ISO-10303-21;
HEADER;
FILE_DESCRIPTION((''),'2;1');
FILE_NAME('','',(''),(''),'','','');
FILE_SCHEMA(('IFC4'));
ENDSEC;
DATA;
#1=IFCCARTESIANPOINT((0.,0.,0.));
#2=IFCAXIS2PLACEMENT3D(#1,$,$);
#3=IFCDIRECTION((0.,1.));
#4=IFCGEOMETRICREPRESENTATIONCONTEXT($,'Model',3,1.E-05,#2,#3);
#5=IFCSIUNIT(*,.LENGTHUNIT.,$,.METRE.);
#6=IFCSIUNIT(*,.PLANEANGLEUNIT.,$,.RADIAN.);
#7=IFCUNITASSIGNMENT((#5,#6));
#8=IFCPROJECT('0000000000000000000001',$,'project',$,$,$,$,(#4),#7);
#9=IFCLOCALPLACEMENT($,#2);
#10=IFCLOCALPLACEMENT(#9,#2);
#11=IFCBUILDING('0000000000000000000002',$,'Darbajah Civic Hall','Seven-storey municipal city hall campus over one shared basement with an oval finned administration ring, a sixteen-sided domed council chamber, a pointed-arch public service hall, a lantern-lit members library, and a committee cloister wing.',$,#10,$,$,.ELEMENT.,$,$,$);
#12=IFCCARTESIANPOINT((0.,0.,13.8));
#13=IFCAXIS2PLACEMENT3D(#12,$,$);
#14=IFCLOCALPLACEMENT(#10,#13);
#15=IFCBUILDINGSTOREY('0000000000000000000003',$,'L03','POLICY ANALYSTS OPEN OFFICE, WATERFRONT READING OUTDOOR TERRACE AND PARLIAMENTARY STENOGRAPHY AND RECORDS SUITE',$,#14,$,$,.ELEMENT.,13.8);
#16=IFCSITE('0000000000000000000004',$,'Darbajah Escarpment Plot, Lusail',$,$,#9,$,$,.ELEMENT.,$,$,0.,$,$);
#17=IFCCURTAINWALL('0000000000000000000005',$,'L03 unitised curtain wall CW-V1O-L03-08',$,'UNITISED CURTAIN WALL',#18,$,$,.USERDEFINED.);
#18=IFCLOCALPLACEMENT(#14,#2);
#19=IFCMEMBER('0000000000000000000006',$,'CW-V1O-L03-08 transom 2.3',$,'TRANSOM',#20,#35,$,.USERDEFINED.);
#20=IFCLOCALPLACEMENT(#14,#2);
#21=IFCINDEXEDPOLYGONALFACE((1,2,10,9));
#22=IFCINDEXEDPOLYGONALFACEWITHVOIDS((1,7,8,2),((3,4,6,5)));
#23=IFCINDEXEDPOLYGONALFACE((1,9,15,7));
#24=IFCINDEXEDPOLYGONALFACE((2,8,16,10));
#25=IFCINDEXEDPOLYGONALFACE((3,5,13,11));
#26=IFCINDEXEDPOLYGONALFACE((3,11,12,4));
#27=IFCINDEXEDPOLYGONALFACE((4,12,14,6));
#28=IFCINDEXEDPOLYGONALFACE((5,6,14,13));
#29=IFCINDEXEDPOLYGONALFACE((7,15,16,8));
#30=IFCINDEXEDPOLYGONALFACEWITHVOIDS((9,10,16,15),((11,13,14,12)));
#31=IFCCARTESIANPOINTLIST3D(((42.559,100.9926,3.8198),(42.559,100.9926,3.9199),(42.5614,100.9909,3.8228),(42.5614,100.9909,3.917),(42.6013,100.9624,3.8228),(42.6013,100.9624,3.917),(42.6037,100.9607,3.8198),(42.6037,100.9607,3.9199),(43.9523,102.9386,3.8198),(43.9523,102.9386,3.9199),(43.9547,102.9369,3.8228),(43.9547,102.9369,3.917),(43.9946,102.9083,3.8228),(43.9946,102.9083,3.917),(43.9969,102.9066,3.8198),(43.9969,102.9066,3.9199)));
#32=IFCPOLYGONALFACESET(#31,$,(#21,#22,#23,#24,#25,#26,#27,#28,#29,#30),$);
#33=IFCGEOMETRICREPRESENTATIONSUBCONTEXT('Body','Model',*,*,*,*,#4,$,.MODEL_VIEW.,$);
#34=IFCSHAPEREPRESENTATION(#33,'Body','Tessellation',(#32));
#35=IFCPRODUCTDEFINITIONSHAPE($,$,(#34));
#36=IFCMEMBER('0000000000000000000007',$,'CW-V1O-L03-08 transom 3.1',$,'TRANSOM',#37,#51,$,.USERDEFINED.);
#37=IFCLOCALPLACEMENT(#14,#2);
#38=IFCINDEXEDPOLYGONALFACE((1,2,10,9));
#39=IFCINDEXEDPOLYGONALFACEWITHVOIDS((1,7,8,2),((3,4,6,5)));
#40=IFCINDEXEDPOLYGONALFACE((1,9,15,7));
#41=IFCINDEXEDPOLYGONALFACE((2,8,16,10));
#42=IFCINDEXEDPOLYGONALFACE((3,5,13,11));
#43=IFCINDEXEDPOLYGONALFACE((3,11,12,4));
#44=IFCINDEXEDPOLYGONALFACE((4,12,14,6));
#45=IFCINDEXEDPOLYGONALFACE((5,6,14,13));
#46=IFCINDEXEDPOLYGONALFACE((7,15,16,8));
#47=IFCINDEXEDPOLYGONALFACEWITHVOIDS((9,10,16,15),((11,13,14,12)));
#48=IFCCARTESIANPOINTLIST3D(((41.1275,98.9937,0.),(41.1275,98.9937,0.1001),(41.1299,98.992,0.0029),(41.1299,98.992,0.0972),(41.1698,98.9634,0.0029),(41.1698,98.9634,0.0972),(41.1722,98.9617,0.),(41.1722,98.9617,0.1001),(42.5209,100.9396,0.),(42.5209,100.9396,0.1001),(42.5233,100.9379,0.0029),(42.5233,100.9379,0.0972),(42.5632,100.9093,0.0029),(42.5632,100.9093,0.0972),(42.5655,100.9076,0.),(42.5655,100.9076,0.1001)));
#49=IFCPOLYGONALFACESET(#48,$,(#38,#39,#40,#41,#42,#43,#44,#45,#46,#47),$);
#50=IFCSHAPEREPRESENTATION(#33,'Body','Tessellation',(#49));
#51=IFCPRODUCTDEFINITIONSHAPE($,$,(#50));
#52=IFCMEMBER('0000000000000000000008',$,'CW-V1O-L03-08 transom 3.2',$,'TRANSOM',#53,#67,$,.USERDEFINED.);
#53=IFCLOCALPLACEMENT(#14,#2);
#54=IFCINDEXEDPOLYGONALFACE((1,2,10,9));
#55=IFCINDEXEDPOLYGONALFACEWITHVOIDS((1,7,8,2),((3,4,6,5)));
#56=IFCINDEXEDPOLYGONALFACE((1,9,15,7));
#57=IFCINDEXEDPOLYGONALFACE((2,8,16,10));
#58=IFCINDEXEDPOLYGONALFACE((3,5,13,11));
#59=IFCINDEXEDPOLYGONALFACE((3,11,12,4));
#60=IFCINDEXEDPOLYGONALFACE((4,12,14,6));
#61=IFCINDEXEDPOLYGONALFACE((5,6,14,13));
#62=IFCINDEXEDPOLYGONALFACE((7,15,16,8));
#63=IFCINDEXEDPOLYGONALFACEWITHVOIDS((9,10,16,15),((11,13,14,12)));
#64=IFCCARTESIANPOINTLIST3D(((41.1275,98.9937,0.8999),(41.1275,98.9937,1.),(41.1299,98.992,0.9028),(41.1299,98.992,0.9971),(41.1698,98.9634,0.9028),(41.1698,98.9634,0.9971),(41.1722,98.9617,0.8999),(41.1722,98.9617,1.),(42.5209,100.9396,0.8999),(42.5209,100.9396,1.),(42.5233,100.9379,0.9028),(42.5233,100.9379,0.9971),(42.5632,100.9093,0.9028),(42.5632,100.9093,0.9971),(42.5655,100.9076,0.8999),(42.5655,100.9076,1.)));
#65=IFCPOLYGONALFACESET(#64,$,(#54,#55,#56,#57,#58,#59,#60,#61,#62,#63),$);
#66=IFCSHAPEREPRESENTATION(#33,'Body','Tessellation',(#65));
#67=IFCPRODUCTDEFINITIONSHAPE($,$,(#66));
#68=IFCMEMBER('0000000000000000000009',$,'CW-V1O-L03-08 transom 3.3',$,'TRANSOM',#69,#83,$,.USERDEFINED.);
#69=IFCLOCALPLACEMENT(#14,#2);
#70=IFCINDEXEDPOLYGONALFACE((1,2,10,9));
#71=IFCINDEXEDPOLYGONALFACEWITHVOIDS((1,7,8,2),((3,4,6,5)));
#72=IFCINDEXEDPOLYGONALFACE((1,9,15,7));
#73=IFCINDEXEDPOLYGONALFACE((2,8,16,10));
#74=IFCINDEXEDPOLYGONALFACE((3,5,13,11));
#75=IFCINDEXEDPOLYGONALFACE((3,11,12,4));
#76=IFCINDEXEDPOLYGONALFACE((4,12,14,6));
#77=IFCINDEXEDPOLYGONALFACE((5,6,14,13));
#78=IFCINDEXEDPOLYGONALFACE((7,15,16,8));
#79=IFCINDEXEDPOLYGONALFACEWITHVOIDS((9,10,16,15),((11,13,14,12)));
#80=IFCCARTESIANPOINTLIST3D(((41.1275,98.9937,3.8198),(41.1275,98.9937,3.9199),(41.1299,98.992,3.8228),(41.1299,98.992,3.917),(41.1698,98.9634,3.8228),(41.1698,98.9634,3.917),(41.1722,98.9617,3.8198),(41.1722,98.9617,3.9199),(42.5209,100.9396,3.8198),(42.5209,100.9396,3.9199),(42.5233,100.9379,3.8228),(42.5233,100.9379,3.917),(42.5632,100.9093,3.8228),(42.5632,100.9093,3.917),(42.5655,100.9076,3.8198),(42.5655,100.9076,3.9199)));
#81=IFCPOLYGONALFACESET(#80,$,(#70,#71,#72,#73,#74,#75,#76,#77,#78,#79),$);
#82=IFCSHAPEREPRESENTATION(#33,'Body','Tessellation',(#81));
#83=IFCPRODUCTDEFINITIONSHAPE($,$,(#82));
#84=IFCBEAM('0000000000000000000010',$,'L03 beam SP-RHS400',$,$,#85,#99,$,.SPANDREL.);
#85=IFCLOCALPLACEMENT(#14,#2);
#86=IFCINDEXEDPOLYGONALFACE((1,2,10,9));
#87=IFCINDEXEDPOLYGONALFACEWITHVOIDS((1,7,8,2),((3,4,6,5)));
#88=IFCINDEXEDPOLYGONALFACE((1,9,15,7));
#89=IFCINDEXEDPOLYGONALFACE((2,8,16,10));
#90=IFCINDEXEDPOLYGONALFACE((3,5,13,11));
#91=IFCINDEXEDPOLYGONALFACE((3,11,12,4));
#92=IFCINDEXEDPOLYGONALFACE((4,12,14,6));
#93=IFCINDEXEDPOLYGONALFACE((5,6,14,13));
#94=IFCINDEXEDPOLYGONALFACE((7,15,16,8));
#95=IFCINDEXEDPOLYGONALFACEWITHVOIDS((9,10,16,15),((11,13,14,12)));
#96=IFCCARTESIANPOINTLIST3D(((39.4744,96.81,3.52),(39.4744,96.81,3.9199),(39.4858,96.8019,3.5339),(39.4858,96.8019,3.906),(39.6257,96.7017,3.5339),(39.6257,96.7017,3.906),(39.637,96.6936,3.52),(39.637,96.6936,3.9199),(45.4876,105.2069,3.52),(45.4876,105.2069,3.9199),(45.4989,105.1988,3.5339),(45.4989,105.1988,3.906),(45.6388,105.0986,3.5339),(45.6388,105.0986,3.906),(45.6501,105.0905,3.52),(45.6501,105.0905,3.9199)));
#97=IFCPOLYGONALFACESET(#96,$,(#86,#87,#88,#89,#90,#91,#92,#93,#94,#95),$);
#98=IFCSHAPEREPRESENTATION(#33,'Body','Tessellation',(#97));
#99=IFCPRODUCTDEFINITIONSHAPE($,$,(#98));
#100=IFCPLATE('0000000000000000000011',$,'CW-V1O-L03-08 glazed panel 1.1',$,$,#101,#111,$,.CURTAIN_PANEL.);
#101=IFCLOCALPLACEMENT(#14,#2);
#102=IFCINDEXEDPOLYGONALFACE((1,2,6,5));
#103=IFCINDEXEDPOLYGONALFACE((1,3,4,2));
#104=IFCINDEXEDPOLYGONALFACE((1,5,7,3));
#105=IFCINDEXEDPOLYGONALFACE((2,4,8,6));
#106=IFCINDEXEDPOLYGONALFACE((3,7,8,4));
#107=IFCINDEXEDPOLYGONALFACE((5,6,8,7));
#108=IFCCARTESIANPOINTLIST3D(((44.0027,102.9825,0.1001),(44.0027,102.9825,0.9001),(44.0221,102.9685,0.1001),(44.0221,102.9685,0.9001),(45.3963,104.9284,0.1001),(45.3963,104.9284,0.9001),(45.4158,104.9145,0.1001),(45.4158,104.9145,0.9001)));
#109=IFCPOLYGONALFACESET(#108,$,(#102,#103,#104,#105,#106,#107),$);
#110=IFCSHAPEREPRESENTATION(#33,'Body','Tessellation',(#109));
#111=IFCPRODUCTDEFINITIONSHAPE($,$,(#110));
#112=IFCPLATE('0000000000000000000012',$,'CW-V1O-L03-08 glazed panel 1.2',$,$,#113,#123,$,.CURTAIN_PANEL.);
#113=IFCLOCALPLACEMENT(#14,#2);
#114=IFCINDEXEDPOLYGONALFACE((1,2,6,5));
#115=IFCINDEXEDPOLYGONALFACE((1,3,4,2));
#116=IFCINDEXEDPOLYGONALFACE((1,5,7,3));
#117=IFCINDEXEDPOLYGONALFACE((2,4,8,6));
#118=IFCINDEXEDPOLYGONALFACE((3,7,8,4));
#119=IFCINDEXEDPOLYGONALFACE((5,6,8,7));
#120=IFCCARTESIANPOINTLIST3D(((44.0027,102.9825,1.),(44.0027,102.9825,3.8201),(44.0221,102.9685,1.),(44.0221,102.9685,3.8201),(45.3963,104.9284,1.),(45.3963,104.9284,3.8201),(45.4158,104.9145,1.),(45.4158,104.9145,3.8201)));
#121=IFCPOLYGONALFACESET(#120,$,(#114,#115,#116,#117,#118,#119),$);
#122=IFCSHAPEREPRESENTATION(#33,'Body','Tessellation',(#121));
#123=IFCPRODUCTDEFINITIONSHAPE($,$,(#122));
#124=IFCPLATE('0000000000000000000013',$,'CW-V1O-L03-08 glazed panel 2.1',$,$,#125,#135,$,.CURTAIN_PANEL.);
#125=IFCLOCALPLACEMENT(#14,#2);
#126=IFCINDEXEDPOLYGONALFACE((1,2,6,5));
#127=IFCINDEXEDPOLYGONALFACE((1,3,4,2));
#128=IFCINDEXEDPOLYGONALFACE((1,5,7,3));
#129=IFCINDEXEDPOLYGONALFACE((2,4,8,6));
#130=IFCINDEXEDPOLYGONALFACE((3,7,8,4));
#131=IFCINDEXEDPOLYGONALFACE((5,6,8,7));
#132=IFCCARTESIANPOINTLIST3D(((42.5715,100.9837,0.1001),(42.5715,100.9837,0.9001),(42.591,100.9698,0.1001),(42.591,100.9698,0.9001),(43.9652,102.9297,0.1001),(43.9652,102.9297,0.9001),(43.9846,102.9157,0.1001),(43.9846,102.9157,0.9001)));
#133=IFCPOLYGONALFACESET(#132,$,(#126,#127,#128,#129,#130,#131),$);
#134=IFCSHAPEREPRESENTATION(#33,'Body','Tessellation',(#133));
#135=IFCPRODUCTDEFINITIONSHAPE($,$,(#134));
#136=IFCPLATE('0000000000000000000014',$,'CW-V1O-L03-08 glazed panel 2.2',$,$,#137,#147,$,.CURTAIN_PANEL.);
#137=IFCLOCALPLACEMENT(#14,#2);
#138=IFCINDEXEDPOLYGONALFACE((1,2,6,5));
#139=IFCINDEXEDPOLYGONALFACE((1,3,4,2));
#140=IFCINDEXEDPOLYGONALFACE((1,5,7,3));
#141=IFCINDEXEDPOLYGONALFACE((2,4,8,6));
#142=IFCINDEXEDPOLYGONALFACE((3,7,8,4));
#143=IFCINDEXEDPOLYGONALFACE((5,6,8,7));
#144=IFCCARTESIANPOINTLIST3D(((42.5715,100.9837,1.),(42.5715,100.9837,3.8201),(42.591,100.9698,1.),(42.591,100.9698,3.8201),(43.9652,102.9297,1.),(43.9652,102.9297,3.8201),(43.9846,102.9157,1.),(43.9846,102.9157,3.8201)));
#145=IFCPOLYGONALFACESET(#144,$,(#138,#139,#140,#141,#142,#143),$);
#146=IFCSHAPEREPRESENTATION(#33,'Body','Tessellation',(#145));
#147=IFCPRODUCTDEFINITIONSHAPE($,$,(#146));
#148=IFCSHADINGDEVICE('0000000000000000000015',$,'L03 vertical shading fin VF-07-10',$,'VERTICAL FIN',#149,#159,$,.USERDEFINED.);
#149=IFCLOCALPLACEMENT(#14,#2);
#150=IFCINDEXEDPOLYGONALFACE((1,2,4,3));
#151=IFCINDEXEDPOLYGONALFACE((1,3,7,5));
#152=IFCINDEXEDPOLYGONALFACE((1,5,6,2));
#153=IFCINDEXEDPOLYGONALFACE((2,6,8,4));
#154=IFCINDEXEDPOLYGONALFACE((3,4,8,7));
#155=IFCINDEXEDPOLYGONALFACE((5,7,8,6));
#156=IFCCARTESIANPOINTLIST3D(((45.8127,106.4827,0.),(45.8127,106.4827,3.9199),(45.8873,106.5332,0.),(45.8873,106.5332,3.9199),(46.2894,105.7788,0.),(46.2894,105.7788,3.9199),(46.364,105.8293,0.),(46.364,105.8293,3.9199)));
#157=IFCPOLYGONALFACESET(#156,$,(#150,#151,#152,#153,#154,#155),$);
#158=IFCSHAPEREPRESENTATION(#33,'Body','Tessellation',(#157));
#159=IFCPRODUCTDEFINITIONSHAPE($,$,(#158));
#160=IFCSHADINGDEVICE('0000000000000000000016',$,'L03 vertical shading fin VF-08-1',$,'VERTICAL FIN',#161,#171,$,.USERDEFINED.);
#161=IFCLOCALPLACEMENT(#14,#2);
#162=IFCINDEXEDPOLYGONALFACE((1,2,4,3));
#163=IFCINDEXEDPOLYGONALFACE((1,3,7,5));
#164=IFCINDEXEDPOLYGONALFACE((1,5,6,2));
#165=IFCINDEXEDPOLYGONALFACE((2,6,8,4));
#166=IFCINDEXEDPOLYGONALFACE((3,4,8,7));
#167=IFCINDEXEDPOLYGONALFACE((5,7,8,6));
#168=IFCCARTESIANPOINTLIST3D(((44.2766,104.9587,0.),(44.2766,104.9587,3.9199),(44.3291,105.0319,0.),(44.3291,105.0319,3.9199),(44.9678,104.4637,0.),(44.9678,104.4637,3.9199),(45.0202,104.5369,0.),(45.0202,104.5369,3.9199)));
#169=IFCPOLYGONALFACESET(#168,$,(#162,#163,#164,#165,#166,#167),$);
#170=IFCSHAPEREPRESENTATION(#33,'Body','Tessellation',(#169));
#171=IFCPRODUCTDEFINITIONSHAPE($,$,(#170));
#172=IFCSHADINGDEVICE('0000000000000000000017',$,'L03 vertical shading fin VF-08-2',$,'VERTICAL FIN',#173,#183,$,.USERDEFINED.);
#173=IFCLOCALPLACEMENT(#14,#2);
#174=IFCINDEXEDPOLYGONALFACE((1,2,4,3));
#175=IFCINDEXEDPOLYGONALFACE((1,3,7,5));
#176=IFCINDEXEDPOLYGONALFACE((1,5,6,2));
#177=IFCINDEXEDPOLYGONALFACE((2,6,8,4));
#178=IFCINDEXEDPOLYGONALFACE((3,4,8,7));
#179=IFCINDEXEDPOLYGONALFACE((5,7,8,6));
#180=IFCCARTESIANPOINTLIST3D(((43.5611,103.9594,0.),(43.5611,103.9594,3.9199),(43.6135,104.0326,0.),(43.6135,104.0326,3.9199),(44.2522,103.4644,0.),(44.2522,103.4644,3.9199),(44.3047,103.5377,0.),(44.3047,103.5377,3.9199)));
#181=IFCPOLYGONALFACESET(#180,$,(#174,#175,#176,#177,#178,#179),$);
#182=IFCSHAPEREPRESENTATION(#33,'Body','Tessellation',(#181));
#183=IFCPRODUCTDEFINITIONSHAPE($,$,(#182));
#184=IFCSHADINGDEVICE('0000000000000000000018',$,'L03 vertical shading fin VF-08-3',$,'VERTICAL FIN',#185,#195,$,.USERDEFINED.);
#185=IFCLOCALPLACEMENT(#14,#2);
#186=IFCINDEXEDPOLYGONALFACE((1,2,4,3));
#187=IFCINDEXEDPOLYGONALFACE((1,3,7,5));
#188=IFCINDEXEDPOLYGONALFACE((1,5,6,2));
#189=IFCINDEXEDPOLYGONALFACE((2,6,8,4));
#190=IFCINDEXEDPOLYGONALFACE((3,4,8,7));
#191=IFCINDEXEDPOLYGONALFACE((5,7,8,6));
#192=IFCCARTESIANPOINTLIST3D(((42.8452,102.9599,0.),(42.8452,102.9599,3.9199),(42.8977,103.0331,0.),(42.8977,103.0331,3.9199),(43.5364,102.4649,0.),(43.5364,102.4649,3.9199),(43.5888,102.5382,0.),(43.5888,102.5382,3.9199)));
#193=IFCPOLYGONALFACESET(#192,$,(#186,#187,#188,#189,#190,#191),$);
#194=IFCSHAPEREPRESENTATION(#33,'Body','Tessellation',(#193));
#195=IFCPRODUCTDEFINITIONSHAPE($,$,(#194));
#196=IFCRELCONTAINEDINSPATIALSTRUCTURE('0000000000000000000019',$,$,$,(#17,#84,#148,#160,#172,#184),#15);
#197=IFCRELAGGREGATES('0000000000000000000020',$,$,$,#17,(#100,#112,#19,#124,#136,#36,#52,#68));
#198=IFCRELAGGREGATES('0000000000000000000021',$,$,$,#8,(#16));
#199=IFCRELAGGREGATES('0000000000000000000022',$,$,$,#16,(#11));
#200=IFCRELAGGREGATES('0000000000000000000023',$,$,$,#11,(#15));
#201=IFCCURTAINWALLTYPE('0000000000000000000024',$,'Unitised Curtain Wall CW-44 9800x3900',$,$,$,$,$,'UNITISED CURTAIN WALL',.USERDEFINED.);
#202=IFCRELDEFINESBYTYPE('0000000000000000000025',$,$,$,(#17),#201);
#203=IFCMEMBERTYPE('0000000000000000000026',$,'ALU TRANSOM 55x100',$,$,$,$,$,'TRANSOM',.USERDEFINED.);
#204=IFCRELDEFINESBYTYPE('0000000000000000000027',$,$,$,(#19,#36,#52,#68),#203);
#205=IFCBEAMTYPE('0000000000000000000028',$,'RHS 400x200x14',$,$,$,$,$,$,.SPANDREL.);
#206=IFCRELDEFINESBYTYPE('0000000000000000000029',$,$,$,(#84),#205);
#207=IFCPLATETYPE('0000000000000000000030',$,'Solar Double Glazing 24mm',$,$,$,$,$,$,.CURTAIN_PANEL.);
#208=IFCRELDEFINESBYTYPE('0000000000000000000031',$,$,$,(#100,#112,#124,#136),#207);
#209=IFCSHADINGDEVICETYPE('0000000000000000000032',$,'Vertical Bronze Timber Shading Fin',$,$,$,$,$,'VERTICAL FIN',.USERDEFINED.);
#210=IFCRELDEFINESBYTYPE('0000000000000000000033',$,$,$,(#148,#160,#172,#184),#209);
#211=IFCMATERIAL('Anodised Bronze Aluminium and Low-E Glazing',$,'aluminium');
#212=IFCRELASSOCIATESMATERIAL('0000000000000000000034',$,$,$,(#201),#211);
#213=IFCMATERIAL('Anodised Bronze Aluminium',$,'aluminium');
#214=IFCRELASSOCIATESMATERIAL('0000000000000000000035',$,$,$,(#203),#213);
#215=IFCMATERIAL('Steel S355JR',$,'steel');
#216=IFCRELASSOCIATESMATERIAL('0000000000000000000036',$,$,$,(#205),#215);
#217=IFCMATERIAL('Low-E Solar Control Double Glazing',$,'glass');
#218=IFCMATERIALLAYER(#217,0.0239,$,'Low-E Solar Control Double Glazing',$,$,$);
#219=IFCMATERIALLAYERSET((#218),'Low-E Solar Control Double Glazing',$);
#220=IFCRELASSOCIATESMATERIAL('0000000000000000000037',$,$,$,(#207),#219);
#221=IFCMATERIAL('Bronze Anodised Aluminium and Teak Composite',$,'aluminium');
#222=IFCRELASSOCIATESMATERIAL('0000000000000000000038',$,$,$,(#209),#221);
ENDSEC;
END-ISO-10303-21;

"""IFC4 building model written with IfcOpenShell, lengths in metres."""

from ifc_helpers import new_model, si_unit, direction, frame, origin, origin_2d, place, context, subcontext, project, spatial, rectangle, hollow_rectangle, extrude, material, layer, layer_set, material_profile, profile_set, type_object, element, aggregate, save


model = new_model("IFC4")

# Units and contexts
model_context = context("Model", 3, precision=1e-05, world=origin(), true_north=direction((0.0, 1.0)))
body_context = subcontext(model_context, "Body", "Model", "MODEL_VIEW")
ifc_project = project(units=[si_unit("LENGTHUNIT", "METRE"), si_unit("PLANEANGLEUNIT", "RADIAN")], contexts=[model_context])

# Site, building, storey
site_placement = place(None, origin())
site = spatial("IfcSite", under=ifc_project, at=site_placement, Name="Darbajah Escarpment Plot, Lusail", CompositionType="ELEMENT", RefElevation=0.0)
building_placement = place(site_placement, origin())
building = spatial("IfcBuilding", under=site, at=building_placement, Name="Darbajah Civic Hall", Description="Seven-storey municipal city hall campus over one shared basement with an oval finned administration ring, a sixteen-sided domed council chamber, a pointed-arch public service hall, a lantern-lit members library, and a committee cloister wing.", CompositionType="ELEMENT")
storey_placement = place(building_placement, frame((0.0, 0.0, 13.8)))
storey = spatial("IfcBuildingStorey", under=building, at=storey_placement, Name="L03", Description="POLICY ANALYSTS OPEN OFFICE, WATERFRONT READING OUTDOOR TERRACE AND PARLIAMENTARY STENOGRAPHY AND RECORDS SUITE", CompositionType="ELEMENT", Elevation=13.8)

# Curtain wall
ifc_material_1 = material(Name="Anodised Bronze Aluminium and Low-E Glazing", Category="aluminium")
curtain_wall_type_1 = type_object("IfcCurtainWallType", Name="Unitised Curtain Wall CW-44 9800x3900", ElementType="UNITISED CURTAIN WALL", PredefinedType="USERDEFINED", material=ifc_material_1)
curtain_wall_1_placement = place(storey_placement, origin())
curtain_wall_1 = element("IfcCurtainWall", 1, at=curtain_wall_1_placement, inside=storey, type_object=curtain_wall_type_1, Name="L03 unitised curtain wall CW-V1O-L03-08", ObjectType="UNITISED CURTAIN WALL", PredefinedType="USERDEFINED")
ifc_material_2 = material(Name="Anodised Bronze Aluminium", Category="aluminium")

# Members
ifc_material_profile_1 = material_profile(ifc_material_2, hollow_rectangle(XDim=0.0549, YDim=0.1001, WallThickness=0.0029, at=origin_2d()), Name="ALU TRANSOM 55x100")
ifc_profile_set_1 = profile_set([ifc_material_profile_1], Name="Anodised Bronze Aluminium")
member_type_1 = type_object("IfcMemberType", Name="ALU TRANSOM 55x100", ElementType="TRANSOM", PredefinedType="USERDEFINED", material=ifc_profile_set_1)
member_1_placement = place(storey_placement, frame((43.9746, 102.9226, 3.8699), z_axis=(-0.582145, -0.813085, 0.0), x_axis=(0.813085, -0.582145, 0.0)))
member_1 = element("IfcMember", 2, at=member_1_placement, type_object=member_type_1, Name="CW-V1O-L03-08 transom 2.3", ObjectType="TRANSOM", PredefinedType="USERDEFINED", context=body_context, shape_type="SweptSolid", body=[
    extrude(hollow_rectangle(XDim=0.0549, YDim=0.1001, WallThickness=0.0029, at=origin_2d()), origin(), (0.0, 0.0, 1.0), 2.3933),
])
member_2_placement = place(storey_placement, frame((42.5432, 100.9236, 0.05), z_axis=(-0.582193, -0.813051, 0.0), x_axis=(0.813051, -0.582193, 0.0)))
member_2 = element("IfcMember", 3, at=member_2_placement, type_object=member_type_1, Name="CW-V1O-L03-08 transom 3.1", ObjectType="TRANSOM", PredefinedType="USERDEFINED", context=body_context, shape_type="SweptSolid", body=[
    extrude(hollow_rectangle(XDim=0.0549, YDim=0.1001, WallThickness=0.0029, at=origin_2d()), origin(), (0.0, 0.0, 1.0), 2.3933),
])
member_3_placement = place(storey_placement, frame((42.5432, 100.9236, 0.95), z_axis=(-0.582193, -0.813051, 0.0), x_axis=(0.813051, -0.582193, 0.0)))
member_3 = element("IfcMember", 4, at=member_3_placement, type_object=member_type_1, Name="CW-V1O-L03-08 transom 3.2", ObjectType="TRANSOM", PredefinedType="USERDEFINED", context=body_context, shape_type="SweptSolid", body=[
    extrude(hollow_rectangle(XDim=0.0549, YDim=0.1001, WallThickness=0.0029, at=origin_2d()), origin(), (0.0, 0.0, 1.0), 2.3933),
])
member_4_placement = place(storey_placement, frame((42.5432, 100.9236, 3.8699), z_axis=(-0.582193, -0.813051, 0.0), x_axis=(0.813051, -0.582193, 0.0)))
member_4 = element("IfcMember", 5, at=member_4_placement, type_object=member_type_1, Name="CW-V1O-L03-08 transom 3.3", ObjectType="TRANSOM", PredefinedType="USERDEFINED", context=body_context, shape_type="SweptSolid", body=[
    extrude(hollow_rectangle(XDim=0.0549, YDim=0.1001, WallThickness=0.0029, at=origin_2d()), origin(), (0.0, 0.0, 1.0), 2.3933),
])

# Beam
ifc_material_3 = material(Name="Steel S355JR", Category="steel")
ifc_material_profile_2 = material_profile(ifc_material_3, hollow_rectangle(XDim=0.2, YDim=0.3999, WallThickness=0.0139, at=origin_2d()), Name="RHS 400x200x14")
ifc_profile_set_2 = profile_set([ifc_material_profile_2], Name="Steel S355JR")
beam_type = type_object("IfcBeamType", Name="RHS 400x200x14", PredefinedType="SPANDREL", material=ifc_profile_set_2)
beam_placement = place(storey_placement, frame((45.5688, 105.1487, 3.72), z_axis=(-0.582222, -0.81303, 0.0), x_axis=(0.81303, -0.582222, 0.0)))
element("IfcBeam", 6, at=beam_placement, inside=storey, type_object=beam_type, Name="L03 beam SP-RHS400", PredefinedType="SPANDREL", context=body_context, shape_type="SweptSolid", body=[
    extrude(hollow_rectangle(XDim=0.2, YDim=0.3999, WallThickness=0.0139, at=origin_2d()), origin(), (0.0, 0.0, 1.0), 10.3279),
])

# Plates
ifc_material_4 = material(Name="Low-E Solar Control Double Glazing", Category="glass")
ifc_layer = layer(ifc_material_4, 0.0239, Name="Low-E Solar Control Double Glazing")
ifc_layer_set = layer_set([ifc_layer], Name="Low-E Solar Control Double Glazing")
plate_type = type_object("IfcPlateType", Name="Solar Double Glazing 24mm", PredefinedType="CURTAIN_PANEL", material=ifc_layer_set)
plate_1_placement = place(storey_placement, frame((44.7092, 103.9485, 0.1001), z_axis=(0.0, 0.0, 1.0), x_axis=(-0.582265, -0.812999, 0.0)))
plate_1 = element("IfcPlate", 7, at=plate_1_placement, type_object=plate_type, Name="CW-V1O-L03-08 glazed panel 1.1", PredefinedType="CURTAIN_PANEL", context=body_context, shape_type="SweptSolid", body=[
    extrude(rectangle(XDim=2.3936, YDim=0.0239, at=origin_2d()), origin(), (0.0, 0.0, 1.0), 0.8),
])
plate_2_placement = place(storey_placement, frame((44.7092, 103.9485, 1.0), z_axis=(0.0, 0.0, 1.0), x_axis=(-0.582265, -0.812999, 0.0)))
plate_2 = element("IfcPlate", 8, at=plate_2_placement, type_object=plate_type, Name="CW-V1O-L03-08 glazed panel 1.2", PredefinedType="CURTAIN_PANEL", context=body_context, shape_type="SweptSolid", body=[
    extrude(rectangle(XDim=2.3936, YDim=0.0239, at=origin_2d()), origin(), (0.0, 0.0, 1.0), 2.8201),
])
plate_3_placement = place(storey_placement, frame((43.2781, 101.9497, 0.1001), z_axis=(0.0, 0.0, 1.0), x_axis=(-0.582265, -0.812999, 0.0)))
plate_3 = element("IfcPlate", 9, at=plate_3_placement, type_object=plate_type, Name="CW-V1O-L03-08 glazed panel 2.1", PredefinedType="CURTAIN_PANEL", context=body_context, shape_type="SweptSolid", body=[
    extrude(rectangle(XDim=2.3936, YDim=0.0239, at=origin_2d()), origin(), (0.0, 0.0, 1.0), 0.8),
])
plate_4_placement = place(storey_placement, frame((43.2781, 101.9497, 1.0), z_axis=(0.0, 0.0, 1.0), x_axis=(-0.582265, -0.812999, 0.0)))
plate_4 = element("IfcPlate", 10, at=plate_4_placement, type_object=plate_type, Name="CW-V1O-L03-08 glazed panel 2.2", PredefinedType="CURTAIN_PANEL", context=body_context, shape_type="SweptSolid", body=[
    extrude(rectangle(XDim=2.3936, YDim=0.0239, at=origin_2d()), origin(), (0.0, 0.0, 1.0), 2.8201),
])
aggregate(curtain_wall_1, [plate_1, plate_2, member_1, plate_3, plate_4, member_2, member_3, member_4])

# Shading devices
ifc_material_5 = material(Name="Bronze Anodised Aluminium and Teak Composite", Category="aluminium")
shading_device_type = type_object("IfcShadingDeviceType", Name="Vertical Bronze Timber Shading Fin", ElementType="VERTICAL FIN", PredefinedType="USERDEFINED", material=ifc_material_5)
for number, where, z_axis, x_axis, name in (
    (11, (46.0884, 106.156, 0.0), (0.0, 0.0, 1.0), (-0.560784, 0.827962, 0.0), "L03 vertical shading fin VF-07-10"),
    (12, (44.6484, 104.7478, 0.0), (0.0, 0.0, 1.0), (-0.812999, 0.582265, 0.0), "L03 vertical shading fin VF-08-1"),
    (13, (43.9329, 103.7485, 0.0), (0.0, 0.0, 1.0), (-0.812999, 0.582265, 0.0), "L03 vertical shading fin VF-08-2"),
    (14, (43.217, 102.749, 0.0), (0.0, 0.0, 1.0), (-0.812999, 0.582265, 0.0), "L03 vertical shading fin VF-08-3"),
):
    element("IfcShadingDevice", number, at=place(storey_placement, frame(where, z_axis=z_axis, x_axis=x_axis)), inside=storey, type_object=shading_device_type, Name=name, ObjectType="VERTICAL FIN", PredefinedType="USERDEFINED", context=body_context, shape_type="SweptSolid", body=[
        extrude(rectangle(XDim=0.8501, YDim=0.0901, at=origin_2d()), origin(), (0.0, 0.0, 1.0), 3.9199),
    ])

save(model, "model.ifc")
